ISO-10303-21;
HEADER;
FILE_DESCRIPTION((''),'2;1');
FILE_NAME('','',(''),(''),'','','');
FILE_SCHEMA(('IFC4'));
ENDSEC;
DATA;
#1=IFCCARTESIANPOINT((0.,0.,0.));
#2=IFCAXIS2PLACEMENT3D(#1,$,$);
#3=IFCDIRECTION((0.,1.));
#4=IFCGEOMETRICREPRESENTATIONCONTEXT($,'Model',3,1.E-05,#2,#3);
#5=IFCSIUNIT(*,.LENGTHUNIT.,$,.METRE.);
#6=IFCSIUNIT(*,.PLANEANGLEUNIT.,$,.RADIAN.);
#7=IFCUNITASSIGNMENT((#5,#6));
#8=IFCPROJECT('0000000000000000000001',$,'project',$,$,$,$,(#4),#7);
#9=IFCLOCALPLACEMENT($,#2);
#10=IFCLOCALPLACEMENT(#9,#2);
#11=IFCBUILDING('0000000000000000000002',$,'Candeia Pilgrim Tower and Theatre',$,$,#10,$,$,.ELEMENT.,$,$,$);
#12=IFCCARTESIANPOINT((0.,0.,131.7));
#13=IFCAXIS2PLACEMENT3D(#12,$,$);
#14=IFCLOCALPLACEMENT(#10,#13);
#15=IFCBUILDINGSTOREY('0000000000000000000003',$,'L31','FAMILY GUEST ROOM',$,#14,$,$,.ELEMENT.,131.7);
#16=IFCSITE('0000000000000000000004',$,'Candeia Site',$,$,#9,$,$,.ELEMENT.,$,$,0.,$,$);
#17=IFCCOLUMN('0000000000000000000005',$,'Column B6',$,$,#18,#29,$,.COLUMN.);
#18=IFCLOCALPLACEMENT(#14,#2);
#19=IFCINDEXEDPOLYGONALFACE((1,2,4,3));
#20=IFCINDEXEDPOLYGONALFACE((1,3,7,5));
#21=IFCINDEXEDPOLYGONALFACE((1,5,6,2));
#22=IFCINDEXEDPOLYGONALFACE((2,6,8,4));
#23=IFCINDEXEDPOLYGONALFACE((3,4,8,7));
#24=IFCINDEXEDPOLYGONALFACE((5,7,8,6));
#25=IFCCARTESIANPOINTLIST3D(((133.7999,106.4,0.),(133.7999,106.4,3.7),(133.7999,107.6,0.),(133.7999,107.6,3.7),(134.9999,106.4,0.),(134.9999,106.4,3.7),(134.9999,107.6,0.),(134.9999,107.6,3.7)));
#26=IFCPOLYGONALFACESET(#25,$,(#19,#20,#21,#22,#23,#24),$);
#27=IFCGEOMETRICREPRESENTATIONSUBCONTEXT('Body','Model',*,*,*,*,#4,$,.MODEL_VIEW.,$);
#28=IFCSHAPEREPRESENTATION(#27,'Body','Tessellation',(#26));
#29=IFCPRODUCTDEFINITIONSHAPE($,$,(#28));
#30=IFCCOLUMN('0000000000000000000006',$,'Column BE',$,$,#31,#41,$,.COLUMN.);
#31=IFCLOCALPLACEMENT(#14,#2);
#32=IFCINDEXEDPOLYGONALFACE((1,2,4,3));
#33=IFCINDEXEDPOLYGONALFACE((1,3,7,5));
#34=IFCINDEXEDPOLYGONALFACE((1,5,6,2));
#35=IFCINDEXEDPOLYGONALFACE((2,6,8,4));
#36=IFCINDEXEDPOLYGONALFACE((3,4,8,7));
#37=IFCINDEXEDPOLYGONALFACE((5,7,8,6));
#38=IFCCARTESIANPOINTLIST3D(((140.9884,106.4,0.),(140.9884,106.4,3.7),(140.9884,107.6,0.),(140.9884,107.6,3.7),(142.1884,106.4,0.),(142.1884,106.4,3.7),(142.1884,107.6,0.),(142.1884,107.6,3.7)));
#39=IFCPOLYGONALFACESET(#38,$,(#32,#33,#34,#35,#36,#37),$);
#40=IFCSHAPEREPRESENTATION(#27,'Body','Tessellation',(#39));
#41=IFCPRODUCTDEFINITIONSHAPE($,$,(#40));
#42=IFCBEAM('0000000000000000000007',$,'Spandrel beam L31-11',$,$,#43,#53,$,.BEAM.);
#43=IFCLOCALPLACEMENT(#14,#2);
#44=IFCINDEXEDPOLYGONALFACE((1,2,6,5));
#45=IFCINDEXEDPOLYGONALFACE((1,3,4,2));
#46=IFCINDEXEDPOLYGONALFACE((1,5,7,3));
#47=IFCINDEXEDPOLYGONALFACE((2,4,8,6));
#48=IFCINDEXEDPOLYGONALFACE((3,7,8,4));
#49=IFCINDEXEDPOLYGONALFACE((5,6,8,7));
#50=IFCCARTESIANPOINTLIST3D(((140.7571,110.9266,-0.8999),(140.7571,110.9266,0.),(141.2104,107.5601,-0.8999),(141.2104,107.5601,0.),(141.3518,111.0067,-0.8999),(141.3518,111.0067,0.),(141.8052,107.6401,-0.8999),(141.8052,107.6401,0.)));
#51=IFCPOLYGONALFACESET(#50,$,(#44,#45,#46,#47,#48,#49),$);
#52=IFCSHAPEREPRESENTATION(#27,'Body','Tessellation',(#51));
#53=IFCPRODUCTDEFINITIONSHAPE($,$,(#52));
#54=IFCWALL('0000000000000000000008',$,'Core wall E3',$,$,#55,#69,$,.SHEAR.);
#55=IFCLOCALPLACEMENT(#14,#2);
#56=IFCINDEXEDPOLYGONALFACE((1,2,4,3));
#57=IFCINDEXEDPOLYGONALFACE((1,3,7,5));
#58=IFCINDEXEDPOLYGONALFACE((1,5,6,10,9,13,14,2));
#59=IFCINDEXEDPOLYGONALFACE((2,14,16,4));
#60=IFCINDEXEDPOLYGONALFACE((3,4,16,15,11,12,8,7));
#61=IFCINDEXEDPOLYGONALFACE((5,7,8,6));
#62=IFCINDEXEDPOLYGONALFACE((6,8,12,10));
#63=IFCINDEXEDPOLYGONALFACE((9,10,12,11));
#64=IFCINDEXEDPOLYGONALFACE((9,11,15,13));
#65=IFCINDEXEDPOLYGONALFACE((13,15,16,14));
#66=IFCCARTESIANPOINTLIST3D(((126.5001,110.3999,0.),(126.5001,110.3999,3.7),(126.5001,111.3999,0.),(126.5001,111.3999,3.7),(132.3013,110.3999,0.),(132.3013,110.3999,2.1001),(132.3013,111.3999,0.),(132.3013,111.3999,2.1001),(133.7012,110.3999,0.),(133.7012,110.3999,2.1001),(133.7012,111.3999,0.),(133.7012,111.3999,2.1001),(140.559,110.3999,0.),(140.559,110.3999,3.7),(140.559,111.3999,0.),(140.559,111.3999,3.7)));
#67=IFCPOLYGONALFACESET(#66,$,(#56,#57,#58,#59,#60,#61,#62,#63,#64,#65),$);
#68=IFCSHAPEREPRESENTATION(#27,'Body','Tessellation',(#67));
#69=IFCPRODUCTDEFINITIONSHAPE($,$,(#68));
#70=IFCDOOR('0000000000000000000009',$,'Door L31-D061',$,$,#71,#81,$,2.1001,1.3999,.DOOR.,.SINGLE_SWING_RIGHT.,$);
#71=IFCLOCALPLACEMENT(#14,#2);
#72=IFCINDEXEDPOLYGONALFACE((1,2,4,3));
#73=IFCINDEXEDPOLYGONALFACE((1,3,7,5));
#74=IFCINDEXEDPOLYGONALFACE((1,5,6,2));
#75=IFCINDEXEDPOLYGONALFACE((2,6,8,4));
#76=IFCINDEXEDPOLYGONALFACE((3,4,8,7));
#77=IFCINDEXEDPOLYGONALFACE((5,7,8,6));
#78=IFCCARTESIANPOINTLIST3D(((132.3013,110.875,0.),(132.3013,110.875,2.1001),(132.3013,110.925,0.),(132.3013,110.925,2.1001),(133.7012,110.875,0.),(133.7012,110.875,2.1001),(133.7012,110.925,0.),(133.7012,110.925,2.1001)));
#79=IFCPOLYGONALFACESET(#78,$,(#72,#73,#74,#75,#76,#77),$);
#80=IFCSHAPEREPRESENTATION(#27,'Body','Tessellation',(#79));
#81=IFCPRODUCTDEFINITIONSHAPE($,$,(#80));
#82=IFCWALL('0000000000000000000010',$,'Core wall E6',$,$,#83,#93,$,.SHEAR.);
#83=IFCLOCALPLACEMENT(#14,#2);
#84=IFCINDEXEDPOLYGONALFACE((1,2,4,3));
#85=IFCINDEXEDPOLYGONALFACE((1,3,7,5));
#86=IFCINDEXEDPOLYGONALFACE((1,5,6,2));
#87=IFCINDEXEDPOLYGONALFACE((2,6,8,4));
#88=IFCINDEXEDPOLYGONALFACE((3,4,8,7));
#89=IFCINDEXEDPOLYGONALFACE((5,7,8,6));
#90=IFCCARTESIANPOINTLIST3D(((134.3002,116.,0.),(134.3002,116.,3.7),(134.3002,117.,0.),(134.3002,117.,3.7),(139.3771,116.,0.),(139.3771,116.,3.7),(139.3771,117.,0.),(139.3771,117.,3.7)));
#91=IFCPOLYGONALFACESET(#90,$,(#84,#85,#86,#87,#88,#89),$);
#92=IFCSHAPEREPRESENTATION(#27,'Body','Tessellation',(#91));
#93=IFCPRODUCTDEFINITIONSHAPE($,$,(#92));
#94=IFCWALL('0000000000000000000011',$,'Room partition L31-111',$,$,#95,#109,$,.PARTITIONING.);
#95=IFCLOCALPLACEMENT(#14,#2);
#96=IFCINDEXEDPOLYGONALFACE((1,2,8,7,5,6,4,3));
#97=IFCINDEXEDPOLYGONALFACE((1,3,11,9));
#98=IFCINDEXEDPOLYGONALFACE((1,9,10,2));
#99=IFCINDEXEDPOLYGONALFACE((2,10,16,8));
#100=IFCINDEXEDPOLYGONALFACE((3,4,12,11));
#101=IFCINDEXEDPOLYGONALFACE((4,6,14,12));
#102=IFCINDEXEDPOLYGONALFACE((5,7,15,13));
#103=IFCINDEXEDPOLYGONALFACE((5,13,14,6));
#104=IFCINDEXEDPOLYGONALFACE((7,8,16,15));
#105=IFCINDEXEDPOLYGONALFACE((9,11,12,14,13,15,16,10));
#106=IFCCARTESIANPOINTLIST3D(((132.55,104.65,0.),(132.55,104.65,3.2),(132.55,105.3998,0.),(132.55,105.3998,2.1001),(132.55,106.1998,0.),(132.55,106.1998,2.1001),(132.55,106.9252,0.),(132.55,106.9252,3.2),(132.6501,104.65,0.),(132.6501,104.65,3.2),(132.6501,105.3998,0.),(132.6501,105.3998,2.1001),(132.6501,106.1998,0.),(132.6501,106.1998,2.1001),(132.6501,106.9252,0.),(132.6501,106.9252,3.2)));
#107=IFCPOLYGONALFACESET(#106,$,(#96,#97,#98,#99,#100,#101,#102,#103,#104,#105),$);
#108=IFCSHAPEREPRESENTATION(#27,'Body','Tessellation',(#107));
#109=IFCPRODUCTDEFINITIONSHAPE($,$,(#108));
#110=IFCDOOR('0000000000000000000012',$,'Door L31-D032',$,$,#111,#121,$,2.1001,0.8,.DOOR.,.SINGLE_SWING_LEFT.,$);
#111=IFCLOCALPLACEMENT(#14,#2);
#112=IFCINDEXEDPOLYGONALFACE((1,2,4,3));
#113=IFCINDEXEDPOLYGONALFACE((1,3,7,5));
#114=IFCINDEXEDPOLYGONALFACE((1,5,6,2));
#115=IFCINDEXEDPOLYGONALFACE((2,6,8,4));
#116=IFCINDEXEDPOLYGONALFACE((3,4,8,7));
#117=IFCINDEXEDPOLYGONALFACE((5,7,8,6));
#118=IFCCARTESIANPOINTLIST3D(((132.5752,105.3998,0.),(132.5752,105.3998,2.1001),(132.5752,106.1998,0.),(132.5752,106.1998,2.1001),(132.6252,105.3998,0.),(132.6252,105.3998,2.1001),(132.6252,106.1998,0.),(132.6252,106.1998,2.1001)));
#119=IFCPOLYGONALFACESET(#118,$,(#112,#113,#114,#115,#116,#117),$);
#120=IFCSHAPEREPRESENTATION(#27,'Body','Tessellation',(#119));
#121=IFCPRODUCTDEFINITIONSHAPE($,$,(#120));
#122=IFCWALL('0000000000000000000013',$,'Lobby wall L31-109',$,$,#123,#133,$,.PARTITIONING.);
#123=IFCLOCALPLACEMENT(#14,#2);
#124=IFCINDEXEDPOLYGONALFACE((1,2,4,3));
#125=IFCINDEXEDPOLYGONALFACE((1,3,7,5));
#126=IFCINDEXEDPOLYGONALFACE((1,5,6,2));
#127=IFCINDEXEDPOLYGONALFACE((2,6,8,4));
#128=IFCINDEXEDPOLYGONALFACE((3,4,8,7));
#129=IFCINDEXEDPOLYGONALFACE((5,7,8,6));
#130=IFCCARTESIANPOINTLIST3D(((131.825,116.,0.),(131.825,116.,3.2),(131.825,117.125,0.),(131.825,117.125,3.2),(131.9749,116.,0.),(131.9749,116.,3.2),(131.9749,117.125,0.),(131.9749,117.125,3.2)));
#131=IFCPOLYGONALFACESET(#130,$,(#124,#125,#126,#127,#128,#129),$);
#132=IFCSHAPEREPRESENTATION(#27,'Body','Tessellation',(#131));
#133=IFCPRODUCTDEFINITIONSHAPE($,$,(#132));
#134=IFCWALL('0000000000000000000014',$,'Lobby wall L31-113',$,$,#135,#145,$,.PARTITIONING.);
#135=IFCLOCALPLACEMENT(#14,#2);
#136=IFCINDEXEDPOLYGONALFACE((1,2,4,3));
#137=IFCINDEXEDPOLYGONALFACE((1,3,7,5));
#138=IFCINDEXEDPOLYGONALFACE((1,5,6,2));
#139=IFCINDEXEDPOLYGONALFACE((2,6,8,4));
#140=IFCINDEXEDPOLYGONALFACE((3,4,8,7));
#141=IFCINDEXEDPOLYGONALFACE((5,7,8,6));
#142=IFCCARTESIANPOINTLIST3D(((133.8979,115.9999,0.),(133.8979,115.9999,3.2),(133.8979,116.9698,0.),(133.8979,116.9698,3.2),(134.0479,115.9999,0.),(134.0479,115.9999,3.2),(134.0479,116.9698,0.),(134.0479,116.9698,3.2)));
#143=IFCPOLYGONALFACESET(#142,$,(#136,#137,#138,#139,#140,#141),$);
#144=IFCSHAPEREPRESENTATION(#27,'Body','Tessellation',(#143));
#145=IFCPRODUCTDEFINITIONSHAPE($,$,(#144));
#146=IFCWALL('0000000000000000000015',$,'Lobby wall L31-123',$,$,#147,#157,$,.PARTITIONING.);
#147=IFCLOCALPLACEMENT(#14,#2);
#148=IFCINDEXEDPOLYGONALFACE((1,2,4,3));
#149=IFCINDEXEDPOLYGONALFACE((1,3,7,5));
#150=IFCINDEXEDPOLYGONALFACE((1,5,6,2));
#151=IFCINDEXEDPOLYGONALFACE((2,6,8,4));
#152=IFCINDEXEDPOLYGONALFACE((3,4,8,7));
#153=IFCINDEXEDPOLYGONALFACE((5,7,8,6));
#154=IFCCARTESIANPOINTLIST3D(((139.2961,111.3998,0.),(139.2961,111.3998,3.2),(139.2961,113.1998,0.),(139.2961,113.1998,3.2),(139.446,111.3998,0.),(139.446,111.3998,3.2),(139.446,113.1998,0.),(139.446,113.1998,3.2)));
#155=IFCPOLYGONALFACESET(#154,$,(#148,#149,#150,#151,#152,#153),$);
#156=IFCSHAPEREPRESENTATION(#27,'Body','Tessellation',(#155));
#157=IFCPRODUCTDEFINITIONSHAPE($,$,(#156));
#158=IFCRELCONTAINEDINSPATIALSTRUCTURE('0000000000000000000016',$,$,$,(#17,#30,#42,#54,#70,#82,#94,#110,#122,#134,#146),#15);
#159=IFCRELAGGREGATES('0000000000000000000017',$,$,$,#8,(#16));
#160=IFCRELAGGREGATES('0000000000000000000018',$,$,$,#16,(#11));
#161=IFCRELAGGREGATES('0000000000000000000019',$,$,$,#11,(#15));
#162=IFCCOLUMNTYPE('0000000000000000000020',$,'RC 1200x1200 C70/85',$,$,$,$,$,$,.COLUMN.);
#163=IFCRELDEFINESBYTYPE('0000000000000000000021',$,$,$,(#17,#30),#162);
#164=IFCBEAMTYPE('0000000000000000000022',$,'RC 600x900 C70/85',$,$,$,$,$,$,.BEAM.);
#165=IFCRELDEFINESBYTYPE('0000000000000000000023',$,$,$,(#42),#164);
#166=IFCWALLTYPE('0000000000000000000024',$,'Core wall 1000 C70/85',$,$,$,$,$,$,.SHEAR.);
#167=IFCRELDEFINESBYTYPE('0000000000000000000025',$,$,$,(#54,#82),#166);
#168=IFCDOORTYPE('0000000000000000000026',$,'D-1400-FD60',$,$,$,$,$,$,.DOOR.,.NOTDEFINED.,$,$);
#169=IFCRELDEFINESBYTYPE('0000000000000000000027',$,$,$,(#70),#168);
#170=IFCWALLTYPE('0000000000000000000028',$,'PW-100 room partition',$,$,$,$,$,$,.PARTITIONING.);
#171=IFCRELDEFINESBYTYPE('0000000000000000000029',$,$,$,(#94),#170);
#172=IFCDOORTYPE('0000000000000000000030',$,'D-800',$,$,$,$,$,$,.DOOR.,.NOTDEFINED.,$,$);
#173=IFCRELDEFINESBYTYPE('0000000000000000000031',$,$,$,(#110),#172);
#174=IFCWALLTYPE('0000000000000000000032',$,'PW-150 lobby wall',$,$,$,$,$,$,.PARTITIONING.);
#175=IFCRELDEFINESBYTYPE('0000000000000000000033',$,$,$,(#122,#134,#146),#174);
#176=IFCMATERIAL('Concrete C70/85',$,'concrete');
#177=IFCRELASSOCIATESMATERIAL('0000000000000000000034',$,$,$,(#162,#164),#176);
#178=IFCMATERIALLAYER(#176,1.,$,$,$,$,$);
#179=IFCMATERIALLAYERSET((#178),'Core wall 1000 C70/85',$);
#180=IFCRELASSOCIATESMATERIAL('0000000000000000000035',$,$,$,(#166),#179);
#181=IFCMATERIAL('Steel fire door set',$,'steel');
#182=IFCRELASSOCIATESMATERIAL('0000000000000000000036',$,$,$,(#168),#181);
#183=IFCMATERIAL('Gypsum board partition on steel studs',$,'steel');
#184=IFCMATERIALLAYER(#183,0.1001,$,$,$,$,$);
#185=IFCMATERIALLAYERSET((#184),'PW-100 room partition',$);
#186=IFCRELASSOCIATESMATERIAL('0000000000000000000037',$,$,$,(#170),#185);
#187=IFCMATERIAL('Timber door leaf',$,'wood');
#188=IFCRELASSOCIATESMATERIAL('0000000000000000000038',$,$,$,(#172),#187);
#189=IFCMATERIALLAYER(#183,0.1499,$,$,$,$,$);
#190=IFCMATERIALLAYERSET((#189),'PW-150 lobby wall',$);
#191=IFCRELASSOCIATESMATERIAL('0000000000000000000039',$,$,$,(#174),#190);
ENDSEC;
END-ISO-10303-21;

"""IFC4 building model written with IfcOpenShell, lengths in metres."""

from ifc_helpers import new_model, si_unit, direction, frame, frame_2d, origin, origin_2d, place, context, subcontext, project, spatial, rectangle, extrude, material, layer, layer_set, material_profile, profile_set, type_object, element, fill, save


model = new_model("IFC4")

# Units and contexts
model_context = context("Model", 3, precision=1e-05, world=origin(), true_north=direction((0.0, 1.0)))
body_context = subcontext(model_context, "Body", "Model", "MODEL_VIEW")
ifc_project = project(units=[si_unit("LENGTHUNIT", "METRE"), si_unit("PLANEANGLEUNIT", "RADIAN")], contexts=[model_context])

# Site, building, storey
site_placement = place(None, origin())
site = spatial("IfcSite", under=ifc_project, at=site_placement, Name="Candeia Site", CompositionType="ELEMENT", RefElevation=0.0)
building_placement = place(site_placement, origin())
building = spatial("IfcBuilding", under=site, at=building_placement, Name="Candeia Pilgrim Tower and Theatre", CompositionType="ELEMENT")
storey_placement = place(building_placement, frame((0.0, 0.0, 131.7)))
storey = spatial("IfcBuildingStorey", under=building, at=storey_placement, Name="L31", Description="FAMILY GUEST ROOM", CompositionType="ELEMENT", Elevation=131.7)

# Columns
ifc_material_1 = material(Name="Concrete C70/85", Category="concrete")
ifc_material_profile_1 = material_profile(ifc_material_1, rectangle(XDim=1.2, YDim=1.2, at=origin_2d()))
ifc_profile_set_1 = profile_set([ifc_material_profile_1], Name="Concrete C70/85")
column_type = type_object("IfcColumnType", Name="RC 1200x1200 C70/85", PredefinedType="COLUMN", material=ifc_profile_set_1)
for number, where, z_axis, x_axis, name in (
    (1, (134.3999, 107.0, 0.0), (0.0, 0.0, 1.0), (1.0, 0.0, 0.0), "Column B6"),
    (2, (141.5884, 107.0, 0.0), (0.0, 0.0, 1.0), (1.0, 0.0, 0.0), "Column BE"),
):
    element("IfcColumn", number, at=place(storey_placement, frame(where, z_axis=z_axis, x_axis=x_axis)), inside=storey, type_object=column_type, Name=name, PredefinedType="COLUMN", context=body_context, shape_type="SweptSolid", body=[
        extrude(rectangle(XDim=1.2, YDim=1.2, at=origin_2d()), origin(), (0.0, 0.0, 1.0), 3.7),
    ])

# Beam
ifc_material_profile_2 = material_profile(ifc_material_1, rectangle(XDim=0.6001, YDim=0.8999, at=origin_2d()))
ifc_profile_set_2 = profile_set([ifc_material_profile_2], Name="Concrete C70/85")
beam_type = type_object("IfcBeamType", Name="RC 600x900 C70/85", PredefinedType="BEAM", material=ifc_profile_set_2)
beam_placement = place(storey_placement, frame((141.5078, 107.6001, -0.45), z_axis=(-0.133458, 0.991054, 0.0), x_axis=(-0.991054, -0.133458, 0.0)))
element("IfcBeam", 3, at=beam_placement, inside=storey, type_object=beam_type, Name="Spandrel beam L31-11", PredefinedType="BEAM", context=body_context, shape_type="SweptSolid", body=[
    extrude(rectangle(XDim=0.6001, YDim=0.8999, at=origin_2d()), origin(), (0.0, 0.0, 1.0), 3.397),
])

# Wall, opening, door
ifc_layer_1 = layer(ifc_material_1, 1.0)
ifc_layer_set_1 = layer_set([ifc_layer_1], Name="Core wall 1000 C70/85")
wall_type_1 = type_object("IfcWallType", Name="Core wall 1000 C70/85", PredefinedType="SHEAR", material=ifc_layer_set_1)
wall_1_placement = place(storey_placement, frame((140.5588, 110.8999, 0.0), z_axis=(0.0, 0.0, 1.0), x_axis=(-1.0, 0.0, 0.0)))
wall_1 = element("IfcWall", 4, at=wall_1_placement, inside=storey, type_object=wall_type_1, Name="Core wall E3", PredefinedType="SHEAR", context=body_context, shape_type="SweptSolid", body=[
    extrude(rectangle(XDim=14.0588, YDim=1.0, at=frame_2d((7.0293, 0.0))), origin(), (0.0, 0.0, 1.0), 3.7),
])
opening_1_placement = place(wall_1_placement, frame((6.8577, 0.0, 0.0)))
opening_1 = element("IfcOpeningElement", 5, at=opening_1_placement, cuts=wall_1, PredefinedType="OPENING", context=body_context, shape_type="SweptSolid", body=[
    extrude(rectangle(XDim=1.3999, YDim=2.1001, at=frame_2d((0.7, 1.05))), frame((0.0, 0.51, 0.0), z_axis=(0.0, -1.0, 0.0), x_axis=(1.0, 0.0, 0.0)), (0.0, 0.0, 1.0), 1.02),
])
ifc_material_2 = material(Name="Steel fire door set", Category="steel")
door_type_1 = type_object("IfcDoorType", Name="D-1400-FD60", OperationType="NOTDEFINED", PredefinedType="DOOR", material=ifc_material_2)
door_1_placement = place(opening_1_placement, origin())
door_1 = element("IfcDoor", 6, at=door_1_placement, inside=storey, type_object=door_type_1, Name="Door L31-D061", OperationType="SINGLE_SWING_RIGHT", OverallHeight=2.1001, OverallWidth=1.3999, PredefinedType="DOOR", context=body_context, shape_type="SweptSolid", body=[
    extrude(rectangle(XDim=1.3999, YDim=2.1001, at=frame_2d((0.7, 1.05))), frame((0.0, 0.0249, 0.0), z_axis=(0.0, -1.0, 0.0), x_axis=(1.0, 0.0, 0.0)), (0.0, 0.0, 1.0), 0.05),
])
fill(opening_1, door_1)

# Wall
wall_2_placement = place(storey_placement, frame((134.3, 116.5, 0.0), z_axis=(0.0, 0.0, 1.0), x_axis=(1.0, 0.0, 0.0)))
element("IfcWall", 7, at=wall_2_placement, inside=storey, type_object=wall_type_1, Name="Core wall E6", PredefinedType="SHEAR", context=body_context, shape_type="SweptSolid", body=[
    extrude(rectangle(XDim=5.0769, YDim=1.0, at=frame_2d((2.5386, 0.0))), origin(), (0.0, 0.0, 1.0), 3.7),
])

# Wall, opening, door
ifc_material_3 = material(Name="Gypsum board partition on steel studs", Category="steel")
ifc_layer_2 = layer(ifc_material_3, 0.1001)
ifc_layer_set_2 = layer_set([ifc_layer_2], Name="PW-100 room partition")
wall_type_2 = type_object("IfcWallType", Name="PW-100 room partition", PredefinedType="PARTITIONING", material=ifc_layer_set_2)
wall_3_placement = place(storey_placement, frame((132.6001, 104.6499, 0.0), z_axis=(0.0, 0.0, 1.0), x_axis=(0.0, 1.0, 0.0)))
wall_3 = element("IfcWall", 8, at=wall_3_placement, inside=storey, type_object=wall_type_2, Name="Room partition L31-111", PredefinedType="PARTITIONING", context=body_context, shape_type="SweptSolid", body=[
    extrude(rectangle(XDim=2.2751, YDim=0.1001, at=frame_2d((1.1377, 0.0))), origin(), (0.0, 0.0, 1.0), 3.2),
])
opening_2_placement = place(wall_3_placement, frame((0.75, 0.0, 0.0)))
opening_2 = element("IfcOpeningElement", 9, at=opening_2_placement, cuts=wall_3, PredefinedType="OPENING", context=body_context, shape_type="SweptSolid", body=[
    extrude(rectangle(XDim=0.8, YDim=2.1001, at=frame_2d((0.3999, 1.05))), frame((0.0, 0.0601, 0.0), z_axis=(0.0, -1.0, 0.0), x_axis=(1.0, 0.0, 0.0)), (0.0, 0.0, 1.0), 0.1201),
])
ifc_material_4 = material(Name="Timber door leaf", Category="wood")
door_type_2 = type_object("IfcDoorType", Name="D-800", OperationType="NOTDEFINED", PredefinedType="DOOR", material=ifc_material_4)
door_2_placement = place(opening_2_placement, origin())
door_2 = element("IfcDoor", 10, at=door_2_placement, inside=storey, type_object=door_type_2, Name="Door L31-D032", OperationType="SINGLE_SWING_LEFT", OverallHeight=2.1001, OverallWidth=0.8, PredefinedType="DOOR", context=body_context, shape_type="SweptSolid", body=[
    extrude(rectangle(XDim=0.8, YDim=2.1001, at=frame_2d((0.3999, 1.05))), frame((0.0, 0.0249, 0.0), z_axis=(0.0, -1.0, 0.0), x_axis=(1.0, 0.0, 0.0)), (0.0, 0.0, 1.0), 0.05),
])
fill(opening_2, door_2)

# Walls
ifc_layer_3 = layer(ifc_material_3, 0.1499)
ifc_layer_set_3 = layer_set([ifc_layer_3], Name="PW-150 lobby wall")
wall_type_3 = type_object("IfcWallType", Name="PW-150 lobby wall", PredefinedType="PARTITIONING", material=ifc_layer_set_3)
wall_4_placement = place(storey_placement, frame((131.8999, 116.0, 0.0), z_axis=(0.0, 0.0, 1.0), x_axis=(0.0, 1.0, 0.0)))
element("IfcWall", 11, at=wall_4_placement, inside=storey, type_object=wall_type_3, Name="Lobby wall L31-109", PredefinedType="PARTITIONING", context=body_context, shape_type="SweptSolid", body=[
    extrude(rectangle(XDim=1.125, YDim=0.1499, at=frame_2d((0.5625, 0.0))), origin(), (0.0, 0.0, 1.0), 3.2),
])
wall_5_placement = place(storey_placement, frame((133.9729, 116.0, 0.0), z_axis=(0.0, 0.0, 1.0), x_axis=(0.0, 1.0, 0.0)))
element("IfcWall", 12, at=wall_5_placement, inside=storey, type_object=wall_type_3, Name="Lobby wall L31-113", PredefinedType="PARTITIONING", context=body_context, shape_type="SweptSolid", body=[
    extrude(rectangle(XDim=0.97, YDim=0.1499, at=frame_2d((0.4849, 0.0))), origin(), (0.0, 0.0, 1.0), 3.2),
])
wall_6_placement = place(storey_placement, frame((139.3711, 111.3999, 0.0), z_axis=(0.0, 0.0, 1.0), x_axis=(0.0, 1.0, 0.0)))
element("IfcWall", 13, at=wall_6_placement, inside=storey, type_object=wall_type_3, Name="Lobby wall L31-123", PredefinedType="PARTITIONING", context=body_context, shape_type="SweptSolid", body=[
    extrude(rectangle(XDim=1.8, YDim=0.1499, at=frame_2d((0.8999, 0.0))), origin(), (0.0, 0.0, 1.0), 3.2),
])

save(model, "model.ifc")
